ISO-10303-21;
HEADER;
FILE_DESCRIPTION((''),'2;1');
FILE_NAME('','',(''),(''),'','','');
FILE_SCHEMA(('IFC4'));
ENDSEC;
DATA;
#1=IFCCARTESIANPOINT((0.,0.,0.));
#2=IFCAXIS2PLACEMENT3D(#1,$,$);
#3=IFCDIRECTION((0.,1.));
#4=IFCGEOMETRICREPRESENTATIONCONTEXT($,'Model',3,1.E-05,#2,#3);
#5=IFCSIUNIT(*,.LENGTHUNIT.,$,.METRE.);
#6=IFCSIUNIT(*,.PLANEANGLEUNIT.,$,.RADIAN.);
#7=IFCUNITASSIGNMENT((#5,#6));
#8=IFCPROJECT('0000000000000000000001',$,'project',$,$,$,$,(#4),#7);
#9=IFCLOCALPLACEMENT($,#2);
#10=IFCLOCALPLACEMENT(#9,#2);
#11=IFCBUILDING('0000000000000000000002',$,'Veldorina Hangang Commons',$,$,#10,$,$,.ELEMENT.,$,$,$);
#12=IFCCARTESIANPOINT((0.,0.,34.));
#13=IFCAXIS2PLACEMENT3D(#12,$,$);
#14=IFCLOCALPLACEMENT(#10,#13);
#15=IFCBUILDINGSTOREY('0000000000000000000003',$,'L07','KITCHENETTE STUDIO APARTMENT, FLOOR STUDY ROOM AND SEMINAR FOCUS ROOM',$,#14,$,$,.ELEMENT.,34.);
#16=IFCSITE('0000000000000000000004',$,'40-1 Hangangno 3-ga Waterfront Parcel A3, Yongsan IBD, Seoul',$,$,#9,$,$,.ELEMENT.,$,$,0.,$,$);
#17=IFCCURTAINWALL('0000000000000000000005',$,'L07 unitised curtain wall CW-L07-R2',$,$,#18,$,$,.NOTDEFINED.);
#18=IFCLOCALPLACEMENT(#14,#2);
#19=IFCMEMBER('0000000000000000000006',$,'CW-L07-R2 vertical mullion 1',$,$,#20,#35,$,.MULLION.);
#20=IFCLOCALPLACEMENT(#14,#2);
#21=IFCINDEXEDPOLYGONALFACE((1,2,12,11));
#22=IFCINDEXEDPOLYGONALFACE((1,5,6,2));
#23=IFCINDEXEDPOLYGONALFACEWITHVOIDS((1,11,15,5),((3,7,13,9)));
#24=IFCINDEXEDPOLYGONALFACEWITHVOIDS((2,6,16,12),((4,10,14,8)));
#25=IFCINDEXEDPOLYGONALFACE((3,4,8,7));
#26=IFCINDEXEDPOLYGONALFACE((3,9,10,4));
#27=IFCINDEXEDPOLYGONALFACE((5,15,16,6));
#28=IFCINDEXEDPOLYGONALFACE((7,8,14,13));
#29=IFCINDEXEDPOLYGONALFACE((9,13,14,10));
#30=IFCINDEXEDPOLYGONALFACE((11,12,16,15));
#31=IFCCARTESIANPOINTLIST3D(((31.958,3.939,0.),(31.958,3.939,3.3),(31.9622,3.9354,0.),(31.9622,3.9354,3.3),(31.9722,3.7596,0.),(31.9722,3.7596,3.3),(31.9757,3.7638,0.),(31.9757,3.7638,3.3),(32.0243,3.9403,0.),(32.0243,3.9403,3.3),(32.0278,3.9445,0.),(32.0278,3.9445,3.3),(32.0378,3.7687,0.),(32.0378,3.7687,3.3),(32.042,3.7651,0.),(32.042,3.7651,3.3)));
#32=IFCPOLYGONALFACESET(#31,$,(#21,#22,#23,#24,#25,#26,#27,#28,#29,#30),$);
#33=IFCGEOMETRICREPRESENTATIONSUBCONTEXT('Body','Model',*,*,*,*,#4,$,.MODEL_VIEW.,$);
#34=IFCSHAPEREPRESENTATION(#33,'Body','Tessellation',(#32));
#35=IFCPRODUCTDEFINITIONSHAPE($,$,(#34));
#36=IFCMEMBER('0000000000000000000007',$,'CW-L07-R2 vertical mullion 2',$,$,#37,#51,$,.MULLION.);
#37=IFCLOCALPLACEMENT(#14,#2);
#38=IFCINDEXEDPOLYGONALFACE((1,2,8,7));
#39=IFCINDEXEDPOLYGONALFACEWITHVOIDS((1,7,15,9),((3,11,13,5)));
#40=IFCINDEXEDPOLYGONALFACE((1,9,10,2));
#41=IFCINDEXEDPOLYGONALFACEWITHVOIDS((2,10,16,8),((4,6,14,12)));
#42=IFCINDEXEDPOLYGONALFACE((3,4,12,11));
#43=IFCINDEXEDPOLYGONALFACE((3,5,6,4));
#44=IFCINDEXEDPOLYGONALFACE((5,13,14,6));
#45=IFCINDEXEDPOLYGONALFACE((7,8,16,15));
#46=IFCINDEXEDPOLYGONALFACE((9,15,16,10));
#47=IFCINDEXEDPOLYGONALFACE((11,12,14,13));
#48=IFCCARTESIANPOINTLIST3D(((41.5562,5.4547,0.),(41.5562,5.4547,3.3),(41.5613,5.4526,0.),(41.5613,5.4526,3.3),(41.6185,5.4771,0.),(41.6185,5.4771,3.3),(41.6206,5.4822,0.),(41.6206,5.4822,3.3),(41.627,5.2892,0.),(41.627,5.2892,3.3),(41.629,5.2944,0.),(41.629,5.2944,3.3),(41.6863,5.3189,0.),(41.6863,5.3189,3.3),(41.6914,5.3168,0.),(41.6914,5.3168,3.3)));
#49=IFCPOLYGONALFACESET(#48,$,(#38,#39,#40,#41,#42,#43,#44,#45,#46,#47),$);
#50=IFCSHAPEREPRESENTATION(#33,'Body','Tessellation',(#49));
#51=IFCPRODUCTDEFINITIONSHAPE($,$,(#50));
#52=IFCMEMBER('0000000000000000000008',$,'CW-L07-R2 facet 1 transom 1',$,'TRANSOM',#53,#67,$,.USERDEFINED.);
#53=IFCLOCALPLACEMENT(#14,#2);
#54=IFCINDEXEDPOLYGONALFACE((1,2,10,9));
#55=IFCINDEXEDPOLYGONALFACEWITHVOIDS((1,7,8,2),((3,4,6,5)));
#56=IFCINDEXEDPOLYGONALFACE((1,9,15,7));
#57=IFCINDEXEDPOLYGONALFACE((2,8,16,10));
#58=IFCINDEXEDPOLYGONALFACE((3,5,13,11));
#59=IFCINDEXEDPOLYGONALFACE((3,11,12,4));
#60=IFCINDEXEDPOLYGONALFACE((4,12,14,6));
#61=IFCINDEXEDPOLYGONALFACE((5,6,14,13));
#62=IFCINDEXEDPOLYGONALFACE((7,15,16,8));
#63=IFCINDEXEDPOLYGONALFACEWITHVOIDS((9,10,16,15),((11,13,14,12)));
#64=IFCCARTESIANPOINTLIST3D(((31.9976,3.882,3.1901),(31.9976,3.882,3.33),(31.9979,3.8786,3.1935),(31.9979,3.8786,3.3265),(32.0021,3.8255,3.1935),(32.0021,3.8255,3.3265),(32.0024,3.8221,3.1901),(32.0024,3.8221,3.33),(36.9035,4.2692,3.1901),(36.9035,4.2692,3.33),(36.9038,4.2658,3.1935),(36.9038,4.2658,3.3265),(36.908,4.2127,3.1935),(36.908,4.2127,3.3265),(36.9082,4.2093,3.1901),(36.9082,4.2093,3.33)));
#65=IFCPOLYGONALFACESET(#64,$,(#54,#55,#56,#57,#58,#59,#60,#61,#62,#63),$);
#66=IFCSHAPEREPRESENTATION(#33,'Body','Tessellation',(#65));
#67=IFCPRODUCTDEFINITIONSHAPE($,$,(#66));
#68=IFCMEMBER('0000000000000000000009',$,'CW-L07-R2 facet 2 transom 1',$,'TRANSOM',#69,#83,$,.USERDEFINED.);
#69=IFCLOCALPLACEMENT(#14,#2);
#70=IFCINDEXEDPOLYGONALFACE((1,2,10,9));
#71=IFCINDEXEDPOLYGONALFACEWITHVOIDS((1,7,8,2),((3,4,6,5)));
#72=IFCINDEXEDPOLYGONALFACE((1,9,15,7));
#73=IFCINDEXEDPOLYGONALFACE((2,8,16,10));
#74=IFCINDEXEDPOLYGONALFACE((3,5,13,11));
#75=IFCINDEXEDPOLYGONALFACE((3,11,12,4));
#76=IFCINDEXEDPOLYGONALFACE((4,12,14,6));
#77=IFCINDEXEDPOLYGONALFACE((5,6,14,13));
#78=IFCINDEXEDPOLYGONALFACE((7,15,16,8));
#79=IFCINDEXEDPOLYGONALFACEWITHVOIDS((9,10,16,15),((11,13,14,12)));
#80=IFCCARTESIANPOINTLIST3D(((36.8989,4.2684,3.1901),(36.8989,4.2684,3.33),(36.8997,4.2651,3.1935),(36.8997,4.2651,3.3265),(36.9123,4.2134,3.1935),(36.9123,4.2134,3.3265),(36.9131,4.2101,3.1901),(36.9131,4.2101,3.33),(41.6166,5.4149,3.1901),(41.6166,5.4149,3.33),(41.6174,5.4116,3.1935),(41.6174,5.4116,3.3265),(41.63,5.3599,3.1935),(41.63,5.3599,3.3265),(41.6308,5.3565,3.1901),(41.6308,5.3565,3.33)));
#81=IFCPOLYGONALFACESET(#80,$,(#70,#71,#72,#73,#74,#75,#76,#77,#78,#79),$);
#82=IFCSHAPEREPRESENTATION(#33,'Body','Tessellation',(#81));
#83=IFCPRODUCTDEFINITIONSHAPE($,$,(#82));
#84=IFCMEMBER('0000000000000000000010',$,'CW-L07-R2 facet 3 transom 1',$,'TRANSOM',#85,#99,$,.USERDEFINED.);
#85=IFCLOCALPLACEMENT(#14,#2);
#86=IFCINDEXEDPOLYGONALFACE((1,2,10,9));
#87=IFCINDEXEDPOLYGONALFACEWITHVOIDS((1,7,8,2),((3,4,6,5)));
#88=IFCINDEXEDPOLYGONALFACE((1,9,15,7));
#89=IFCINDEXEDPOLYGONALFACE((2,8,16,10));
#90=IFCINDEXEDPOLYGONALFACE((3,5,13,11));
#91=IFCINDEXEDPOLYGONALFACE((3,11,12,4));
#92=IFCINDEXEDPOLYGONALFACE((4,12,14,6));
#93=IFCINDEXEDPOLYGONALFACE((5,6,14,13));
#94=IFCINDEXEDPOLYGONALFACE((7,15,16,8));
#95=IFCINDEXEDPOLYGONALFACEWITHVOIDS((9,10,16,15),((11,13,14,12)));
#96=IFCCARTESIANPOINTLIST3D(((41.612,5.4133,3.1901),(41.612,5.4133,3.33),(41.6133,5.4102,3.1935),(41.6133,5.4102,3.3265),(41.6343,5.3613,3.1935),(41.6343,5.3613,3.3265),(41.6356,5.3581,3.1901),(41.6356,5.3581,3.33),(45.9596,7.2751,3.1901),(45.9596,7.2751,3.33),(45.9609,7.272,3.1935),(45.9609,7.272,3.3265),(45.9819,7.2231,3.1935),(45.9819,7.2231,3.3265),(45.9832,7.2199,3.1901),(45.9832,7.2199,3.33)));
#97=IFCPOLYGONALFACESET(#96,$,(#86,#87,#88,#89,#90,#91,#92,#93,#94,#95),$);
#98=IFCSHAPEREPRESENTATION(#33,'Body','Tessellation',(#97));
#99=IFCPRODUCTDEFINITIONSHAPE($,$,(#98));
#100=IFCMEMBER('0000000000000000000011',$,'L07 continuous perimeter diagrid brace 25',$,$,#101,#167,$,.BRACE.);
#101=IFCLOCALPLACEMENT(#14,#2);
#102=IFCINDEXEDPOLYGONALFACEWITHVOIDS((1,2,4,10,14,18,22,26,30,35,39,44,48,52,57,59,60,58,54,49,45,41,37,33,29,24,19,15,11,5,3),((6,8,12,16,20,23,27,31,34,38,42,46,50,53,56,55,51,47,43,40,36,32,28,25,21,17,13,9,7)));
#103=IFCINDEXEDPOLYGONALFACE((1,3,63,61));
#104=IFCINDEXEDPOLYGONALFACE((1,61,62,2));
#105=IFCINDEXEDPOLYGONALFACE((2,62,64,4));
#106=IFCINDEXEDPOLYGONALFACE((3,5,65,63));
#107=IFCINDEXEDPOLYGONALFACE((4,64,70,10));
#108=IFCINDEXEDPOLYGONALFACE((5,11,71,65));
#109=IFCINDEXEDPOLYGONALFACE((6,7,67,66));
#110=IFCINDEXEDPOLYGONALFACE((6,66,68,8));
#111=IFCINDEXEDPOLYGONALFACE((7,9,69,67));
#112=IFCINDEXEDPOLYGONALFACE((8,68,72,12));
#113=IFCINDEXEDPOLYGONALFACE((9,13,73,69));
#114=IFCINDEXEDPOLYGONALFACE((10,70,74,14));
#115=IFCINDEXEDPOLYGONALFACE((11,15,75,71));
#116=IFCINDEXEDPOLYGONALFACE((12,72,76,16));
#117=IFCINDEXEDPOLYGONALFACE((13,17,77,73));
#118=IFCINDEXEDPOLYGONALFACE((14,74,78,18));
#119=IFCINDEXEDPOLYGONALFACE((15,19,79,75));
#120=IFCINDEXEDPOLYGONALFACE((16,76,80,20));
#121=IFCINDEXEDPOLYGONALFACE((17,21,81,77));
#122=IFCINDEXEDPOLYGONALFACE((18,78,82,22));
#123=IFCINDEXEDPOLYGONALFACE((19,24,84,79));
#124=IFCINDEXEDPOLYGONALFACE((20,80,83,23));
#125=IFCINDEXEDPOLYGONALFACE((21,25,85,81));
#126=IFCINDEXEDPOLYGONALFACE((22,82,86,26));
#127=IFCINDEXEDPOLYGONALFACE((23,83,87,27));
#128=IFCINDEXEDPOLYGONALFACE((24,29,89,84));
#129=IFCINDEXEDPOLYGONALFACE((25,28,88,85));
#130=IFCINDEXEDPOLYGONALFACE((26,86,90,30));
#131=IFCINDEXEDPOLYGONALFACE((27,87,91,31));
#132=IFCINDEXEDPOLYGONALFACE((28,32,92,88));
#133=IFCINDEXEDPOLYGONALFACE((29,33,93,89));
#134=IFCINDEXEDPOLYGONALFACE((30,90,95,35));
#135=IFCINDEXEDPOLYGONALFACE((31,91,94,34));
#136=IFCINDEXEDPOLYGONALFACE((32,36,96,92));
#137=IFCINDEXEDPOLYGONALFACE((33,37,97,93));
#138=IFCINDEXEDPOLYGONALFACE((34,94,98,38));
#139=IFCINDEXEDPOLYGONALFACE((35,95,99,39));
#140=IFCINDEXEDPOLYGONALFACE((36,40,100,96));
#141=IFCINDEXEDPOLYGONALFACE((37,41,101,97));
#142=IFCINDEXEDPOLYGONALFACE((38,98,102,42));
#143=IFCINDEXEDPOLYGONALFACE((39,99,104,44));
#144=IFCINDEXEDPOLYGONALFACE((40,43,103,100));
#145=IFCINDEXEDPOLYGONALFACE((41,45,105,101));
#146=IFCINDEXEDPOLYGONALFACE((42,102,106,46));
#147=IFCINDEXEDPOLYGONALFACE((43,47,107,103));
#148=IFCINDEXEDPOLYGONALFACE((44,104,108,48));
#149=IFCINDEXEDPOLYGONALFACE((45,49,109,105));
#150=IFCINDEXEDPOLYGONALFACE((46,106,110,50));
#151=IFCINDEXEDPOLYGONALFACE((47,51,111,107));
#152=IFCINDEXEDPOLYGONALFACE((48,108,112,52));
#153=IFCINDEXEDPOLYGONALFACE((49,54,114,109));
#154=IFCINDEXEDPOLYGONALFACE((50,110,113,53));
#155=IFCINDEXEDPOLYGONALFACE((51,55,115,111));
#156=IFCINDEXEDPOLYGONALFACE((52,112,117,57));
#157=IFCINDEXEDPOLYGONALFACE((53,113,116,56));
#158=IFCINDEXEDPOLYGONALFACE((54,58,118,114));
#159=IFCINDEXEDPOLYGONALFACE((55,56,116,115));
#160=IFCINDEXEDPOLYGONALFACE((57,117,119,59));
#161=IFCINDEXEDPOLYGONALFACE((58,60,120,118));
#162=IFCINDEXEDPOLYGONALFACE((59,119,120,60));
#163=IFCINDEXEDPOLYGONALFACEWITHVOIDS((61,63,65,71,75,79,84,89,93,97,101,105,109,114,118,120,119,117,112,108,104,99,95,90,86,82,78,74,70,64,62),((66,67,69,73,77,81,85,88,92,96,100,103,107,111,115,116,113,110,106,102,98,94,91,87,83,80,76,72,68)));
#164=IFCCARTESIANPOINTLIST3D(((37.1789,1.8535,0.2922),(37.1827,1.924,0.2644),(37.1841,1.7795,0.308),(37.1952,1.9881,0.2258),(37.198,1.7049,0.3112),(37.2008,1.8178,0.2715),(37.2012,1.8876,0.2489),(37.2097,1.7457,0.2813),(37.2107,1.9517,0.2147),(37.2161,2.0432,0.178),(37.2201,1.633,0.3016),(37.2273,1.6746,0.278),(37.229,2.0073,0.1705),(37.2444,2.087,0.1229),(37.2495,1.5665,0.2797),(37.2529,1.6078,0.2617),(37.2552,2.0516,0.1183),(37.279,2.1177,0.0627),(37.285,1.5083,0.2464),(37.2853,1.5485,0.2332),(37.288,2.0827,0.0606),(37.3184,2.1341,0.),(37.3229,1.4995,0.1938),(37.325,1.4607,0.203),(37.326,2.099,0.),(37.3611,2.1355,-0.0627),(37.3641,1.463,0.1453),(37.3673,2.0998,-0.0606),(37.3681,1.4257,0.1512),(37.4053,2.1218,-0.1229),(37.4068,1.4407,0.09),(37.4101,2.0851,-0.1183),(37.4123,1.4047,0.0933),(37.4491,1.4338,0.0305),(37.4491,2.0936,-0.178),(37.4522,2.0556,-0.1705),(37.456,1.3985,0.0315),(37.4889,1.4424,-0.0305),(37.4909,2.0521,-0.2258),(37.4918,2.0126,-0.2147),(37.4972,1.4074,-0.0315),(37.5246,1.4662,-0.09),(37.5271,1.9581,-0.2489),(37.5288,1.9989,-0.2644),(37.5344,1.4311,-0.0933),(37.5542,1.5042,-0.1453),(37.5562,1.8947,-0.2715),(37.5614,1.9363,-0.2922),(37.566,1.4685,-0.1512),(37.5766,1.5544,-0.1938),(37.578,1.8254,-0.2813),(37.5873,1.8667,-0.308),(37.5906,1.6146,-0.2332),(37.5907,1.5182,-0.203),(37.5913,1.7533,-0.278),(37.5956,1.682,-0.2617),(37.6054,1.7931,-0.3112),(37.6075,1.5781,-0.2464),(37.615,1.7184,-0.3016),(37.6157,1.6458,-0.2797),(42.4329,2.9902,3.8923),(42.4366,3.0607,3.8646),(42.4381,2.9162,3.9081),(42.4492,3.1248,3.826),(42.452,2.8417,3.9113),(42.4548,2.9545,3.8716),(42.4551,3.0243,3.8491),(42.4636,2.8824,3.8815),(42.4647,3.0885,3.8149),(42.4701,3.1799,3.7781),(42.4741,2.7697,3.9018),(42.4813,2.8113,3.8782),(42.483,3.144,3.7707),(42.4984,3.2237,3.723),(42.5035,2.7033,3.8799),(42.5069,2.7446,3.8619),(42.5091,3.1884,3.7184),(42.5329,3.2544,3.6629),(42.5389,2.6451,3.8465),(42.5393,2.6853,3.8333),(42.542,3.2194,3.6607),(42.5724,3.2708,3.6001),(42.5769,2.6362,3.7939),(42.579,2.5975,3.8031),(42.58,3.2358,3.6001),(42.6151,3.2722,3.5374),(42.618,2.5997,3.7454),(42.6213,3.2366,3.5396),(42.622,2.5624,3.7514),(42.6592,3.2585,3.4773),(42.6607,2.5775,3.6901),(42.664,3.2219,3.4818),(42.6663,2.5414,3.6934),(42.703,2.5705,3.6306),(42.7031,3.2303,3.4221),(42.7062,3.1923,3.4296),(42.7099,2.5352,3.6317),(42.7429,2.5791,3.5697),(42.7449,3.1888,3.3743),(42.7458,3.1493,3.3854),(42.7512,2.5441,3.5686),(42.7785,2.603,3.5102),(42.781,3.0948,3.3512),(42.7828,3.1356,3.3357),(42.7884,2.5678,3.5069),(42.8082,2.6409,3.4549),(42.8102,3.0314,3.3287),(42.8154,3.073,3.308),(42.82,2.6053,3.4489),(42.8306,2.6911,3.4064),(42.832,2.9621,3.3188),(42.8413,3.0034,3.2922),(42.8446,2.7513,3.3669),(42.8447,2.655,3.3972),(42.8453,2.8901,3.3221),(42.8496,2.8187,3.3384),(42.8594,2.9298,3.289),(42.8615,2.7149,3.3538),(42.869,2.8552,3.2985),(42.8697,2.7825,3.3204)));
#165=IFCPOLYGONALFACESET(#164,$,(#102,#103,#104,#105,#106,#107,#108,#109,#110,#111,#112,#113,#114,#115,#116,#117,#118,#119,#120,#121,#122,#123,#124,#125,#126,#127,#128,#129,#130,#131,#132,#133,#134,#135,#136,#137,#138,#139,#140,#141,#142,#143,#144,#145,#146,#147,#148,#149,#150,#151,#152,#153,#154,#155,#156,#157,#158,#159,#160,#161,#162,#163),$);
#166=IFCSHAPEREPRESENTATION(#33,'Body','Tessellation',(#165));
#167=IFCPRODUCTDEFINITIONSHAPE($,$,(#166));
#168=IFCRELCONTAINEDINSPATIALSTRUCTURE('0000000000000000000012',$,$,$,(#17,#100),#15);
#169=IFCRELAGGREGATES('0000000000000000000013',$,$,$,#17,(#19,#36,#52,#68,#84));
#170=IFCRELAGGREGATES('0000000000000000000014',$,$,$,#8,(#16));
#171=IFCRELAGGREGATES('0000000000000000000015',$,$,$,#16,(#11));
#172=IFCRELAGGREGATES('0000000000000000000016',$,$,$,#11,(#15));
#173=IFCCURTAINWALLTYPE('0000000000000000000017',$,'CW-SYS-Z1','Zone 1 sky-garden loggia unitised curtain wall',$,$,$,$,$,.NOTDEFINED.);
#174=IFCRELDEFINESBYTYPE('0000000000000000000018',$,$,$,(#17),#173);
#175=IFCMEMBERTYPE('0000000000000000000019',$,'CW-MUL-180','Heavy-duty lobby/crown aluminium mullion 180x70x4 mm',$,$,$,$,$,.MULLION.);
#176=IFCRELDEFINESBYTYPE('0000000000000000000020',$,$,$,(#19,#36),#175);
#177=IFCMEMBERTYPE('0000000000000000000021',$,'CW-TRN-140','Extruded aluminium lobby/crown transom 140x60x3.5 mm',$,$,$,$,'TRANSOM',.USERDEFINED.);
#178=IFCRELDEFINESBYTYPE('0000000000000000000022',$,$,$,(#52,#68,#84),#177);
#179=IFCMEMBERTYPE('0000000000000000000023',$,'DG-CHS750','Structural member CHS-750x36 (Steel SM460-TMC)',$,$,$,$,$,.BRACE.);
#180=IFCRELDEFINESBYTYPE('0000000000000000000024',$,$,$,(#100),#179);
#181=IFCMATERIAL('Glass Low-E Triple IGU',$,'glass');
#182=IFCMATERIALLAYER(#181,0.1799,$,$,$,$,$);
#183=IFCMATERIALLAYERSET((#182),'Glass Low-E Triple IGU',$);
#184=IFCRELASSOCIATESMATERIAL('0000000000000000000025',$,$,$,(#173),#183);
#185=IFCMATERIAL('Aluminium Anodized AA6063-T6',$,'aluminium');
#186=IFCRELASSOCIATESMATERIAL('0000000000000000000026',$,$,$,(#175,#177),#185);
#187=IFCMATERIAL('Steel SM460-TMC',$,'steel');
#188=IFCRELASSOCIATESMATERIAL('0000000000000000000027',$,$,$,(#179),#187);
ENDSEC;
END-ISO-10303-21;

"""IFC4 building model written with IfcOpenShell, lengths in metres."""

from ifc_helpers import new_model, si_unit, direction, frame, origin, origin_2d, place, context, subcontext, project, spatial, hollow_rectangle, hollow_circle, extrude, material, layer, layer_set, material_profile, profile_set, type_object, element, aggregate, save


model = new_model("IFC4")

# Units and contexts
model_context = context("Model", 3, precision=1e-05, world=origin(), true_north=direction((0.0, 1.0)))
body_context = subcontext(model_context, "Body", "Model", "MODEL_VIEW")
ifc_project = project(units=[si_unit("LENGTHUNIT", "METRE"), si_unit("PLANEANGLEUNIT", "RADIAN")], contexts=[model_context])

# Site, building, storey
site_placement = place(None, origin())
site = spatial("IfcSite", under=ifc_project, at=site_placement, Name="40-1 Hangangno 3-ga Waterfront Parcel A3, Yongsan IBD, Seoul", CompositionType="ELEMENT", RefElevation=0.0)
building_placement = place(site_placement, origin())
building = spatial("IfcBuilding", under=site, at=building_placement, Name="Veldorina Hangang Commons", CompositionType="ELEMENT")
storey_placement = place(building_placement, frame((0.0, 0.0, 34.0)))
storey = spatial("IfcBuildingStorey", under=building, at=storey_placement, Name="L07", Description="KITCHENETTE STUDIO APARTMENT, FLOOR STUDY ROOM AND SEMINAR FOCUS ROOM", CompositionType="ELEMENT", Elevation=34.0)

# Shared definitions
ifc_material_1 = material(Name="Steel SM460-TMC", Category="steel")

# Curtain wall, members
ifc_material_2 = material(Name="Glass Low-E Triple IGU", Category="glass")
ifc_layer_1 = layer(ifc_material_2, 0.1799)
ifc_layer_set_1 = layer_set([ifc_layer_1], Name="Glass Low-E Triple IGU")
curtain_wall_type = type_object("IfcCurtainWallType", Name="CW-SYS-Z1", Description="Zone 1 sky-garden loggia unitised curtain wall", PredefinedType="NOTDEFINED", material=ifc_layer_set_1)
curtain_wall_placement = place(storey_placement, origin())
curtain_wall = element("IfcCurtainWall", 1, at=curtain_wall_placement, inside=storey, type_object=curtain_wall_type, Name="L07 unitised curtain wall CW-L07-R2", PredefinedType="NOTDEFINED")
ifc_material_3 = material(Name="Aluminium Anodized AA6063-T6", Category="aluminium")
ifc_material_profile_1 = material_profile(ifc_material_3, hollow_rectangle(XDim=0.0701, YDim=0.1799, WallThickness=0.0039, at=origin_2d()), Name="ALU-RHS-180x70x4")
ifc_profile_set_1 = profile_set([ifc_material_profile_1], Name="Aluminium Anodized AA6063-T6")
member_type_1 = type_object("IfcMemberType", Name="CW-MUL-180", Description="Heavy-duty lobby/crown aluminium mullion 180x70x4 mm", PredefinedType="MULLION", material=ifc_profile_set_1)
member_1_placement = place(storey_placement, frame((32.0, 3.8521, 0.0), z_axis=(0.0, 0.0, 1.0), x_axis=(0.996902, 0.07865, 0.0)))
member_1 = element("IfcMember", 2, at=member_1_placement, type_object=member_type_1, Name="CW-L07-R2 vertical mullion 1", PredefinedType="MULLION", context=body_context, shape_type="SweptSolid", body=[
    extrude(hollow_rectangle(XDim=0.0701, YDim=0.1799, WallThickness=0.0039, at=origin_2d()), origin(), (0.0, 0.0, 1.0), 3.3),
])
member_2_placement = place(storey_placement, frame((41.6238, 5.3857, 0.0), z_axis=(0.0, 0.0, 1.0), x_axis=(0.919259, 0.393653, 0.0)))
member_2 = element("IfcMember", 3, at=member_2_placement, type_object=member_type_1, Name="CW-L07-R2 vertical mullion 2", PredefinedType="MULLION", context=body_context, shape_type="SweptSolid", body=[
    extrude(hollow_rectangle(XDim=0.0701, YDim=0.1799, WallThickness=0.0039, at=origin_2d()), origin(), (0.0, 0.0, 1.0), 3.3),
])
ifc_material_profile_2 = material_profile(ifc_material_3, hollow_rectangle(XDim=0.0601, YDim=0.1399, WallThickness=0.0034, at=origin_2d()), Name="ALU-RHS-140x60x3.5")
ifc_profile_set_2 = profile_set([ifc_material_profile_2], Name="Aluminium Anodized AA6063-T6")
member_type_2 = type_object("IfcMemberType", Name="CW-TRN-140", Description="Extruded aluminium lobby/crown transom 140x60x3.5 mm", ElementType="TRANSOM", PredefinedType="USERDEFINED", material=ifc_profile_set_2)
member_3_placement = place(storey_placement, frame((32.0, 3.8521, 3.26), z_axis=(0.9969, 0.07868, 0.0), x_axis=(-0.07868, 0.9969, 0.0)))
member_3 = element("IfcMember", 4, at=member_3_placement, type_object=member_type_2, Name="CW-L07-R2 facet 1 transom 1", ObjectType="TRANSOM", PredefinedType="USERDEFINED", context=body_context, shape_type="SweptSolid", body=[
    extrude(hollow_rectangle(XDim=0.0601, YDim=0.1399, WallThickness=0.0034, at=origin_2d()), origin(), (0.0, 0.0, 1.0), 4.9211),
])
member_4_placement = place(storey_placement, frame((36.906, 4.2393, 3.26), z_axis=(0.971719, 0.236141, 0.0), x_axis=(-0.236141, 0.971719, 0.0)))
member_4 = element("IfcMember", 5, at=member_4_placement, type_object=member_type_2, Name="CW-L07-R2 facet 2 transom 1", ObjectType="TRANSOM", PredefinedType="USERDEFINED", context=body_context, shape_type="SweptSolid", body=[
    extrude(hollow_rectangle(XDim=0.0601, YDim=0.1399, WallThickness=0.0034, at=origin_2d()), origin(), (0.0, 0.0, 1.0), 4.855),
])
member_5_placement = place(storey_placement, frame((41.6238, 5.3857, 3.26), z_axis=(0.919257, 0.393658, 0.0), x_axis=(-0.393658, 0.919257, 0.0)))
member_5 = element("IfcMember", 6, at=member_5_placement, type_object=member_type_2, Name="CW-L07-R2 facet 3 transom 1", ObjectType="TRANSOM", PredefinedType="USERDEFINED", context=body_context, shape_type="SweptSolid", body=[
    extrude(hollow_rectangle(XDim=0.0601, YDim=0.1399, WallThickness=0.0034, at=origin_2d()), origin(), (0.0, 0.0, 1.0), 4.7295),
])

# Member
ifc_material_profile_3 = material_profile(ifc_material_1, hollow_circle(Radius=0.375, WallThickness=0.0359, at=origin_2d()), Name="CHS-750x36")
ifc_profile_set_3 = profile_set([ifc_material_profile_3], Name="Steel SM460-TMC")
member_type_3 = type_object("IfcMemberType", Name="DG-CHS750", Description="Structural member CHS-750x36 (Steel SM460-TMC)", PredefinedType="BRACE", material=ifc_profile_set_3)
member_6_placement = place(storey_placement, frame((37.3977, 1.7676, 0.0), z_axis=(0.812085, 0.1757, 0.556459), x_axis=(-0.211464, 0.977386, 0.0)))
element("IfcMember", 7, at=member_6_placement, inside=storey, type_object=member_type_3, Name="L07 continuous perimeter diagrid brace 25", PredefinedType="BRACE", context=body_context, shape_type="SweptSolid", body=[
    extrude(hollow_circle(Radius=0.375, WallThickness=0.0359, at=origin_2d()), origin(), (0.0, 0.0, 1.0), 6.4697),
])

aggregate(curtain_wall, [member_1, member_2, member_3, member_4, member_5])

save(model, "model.ifc")
